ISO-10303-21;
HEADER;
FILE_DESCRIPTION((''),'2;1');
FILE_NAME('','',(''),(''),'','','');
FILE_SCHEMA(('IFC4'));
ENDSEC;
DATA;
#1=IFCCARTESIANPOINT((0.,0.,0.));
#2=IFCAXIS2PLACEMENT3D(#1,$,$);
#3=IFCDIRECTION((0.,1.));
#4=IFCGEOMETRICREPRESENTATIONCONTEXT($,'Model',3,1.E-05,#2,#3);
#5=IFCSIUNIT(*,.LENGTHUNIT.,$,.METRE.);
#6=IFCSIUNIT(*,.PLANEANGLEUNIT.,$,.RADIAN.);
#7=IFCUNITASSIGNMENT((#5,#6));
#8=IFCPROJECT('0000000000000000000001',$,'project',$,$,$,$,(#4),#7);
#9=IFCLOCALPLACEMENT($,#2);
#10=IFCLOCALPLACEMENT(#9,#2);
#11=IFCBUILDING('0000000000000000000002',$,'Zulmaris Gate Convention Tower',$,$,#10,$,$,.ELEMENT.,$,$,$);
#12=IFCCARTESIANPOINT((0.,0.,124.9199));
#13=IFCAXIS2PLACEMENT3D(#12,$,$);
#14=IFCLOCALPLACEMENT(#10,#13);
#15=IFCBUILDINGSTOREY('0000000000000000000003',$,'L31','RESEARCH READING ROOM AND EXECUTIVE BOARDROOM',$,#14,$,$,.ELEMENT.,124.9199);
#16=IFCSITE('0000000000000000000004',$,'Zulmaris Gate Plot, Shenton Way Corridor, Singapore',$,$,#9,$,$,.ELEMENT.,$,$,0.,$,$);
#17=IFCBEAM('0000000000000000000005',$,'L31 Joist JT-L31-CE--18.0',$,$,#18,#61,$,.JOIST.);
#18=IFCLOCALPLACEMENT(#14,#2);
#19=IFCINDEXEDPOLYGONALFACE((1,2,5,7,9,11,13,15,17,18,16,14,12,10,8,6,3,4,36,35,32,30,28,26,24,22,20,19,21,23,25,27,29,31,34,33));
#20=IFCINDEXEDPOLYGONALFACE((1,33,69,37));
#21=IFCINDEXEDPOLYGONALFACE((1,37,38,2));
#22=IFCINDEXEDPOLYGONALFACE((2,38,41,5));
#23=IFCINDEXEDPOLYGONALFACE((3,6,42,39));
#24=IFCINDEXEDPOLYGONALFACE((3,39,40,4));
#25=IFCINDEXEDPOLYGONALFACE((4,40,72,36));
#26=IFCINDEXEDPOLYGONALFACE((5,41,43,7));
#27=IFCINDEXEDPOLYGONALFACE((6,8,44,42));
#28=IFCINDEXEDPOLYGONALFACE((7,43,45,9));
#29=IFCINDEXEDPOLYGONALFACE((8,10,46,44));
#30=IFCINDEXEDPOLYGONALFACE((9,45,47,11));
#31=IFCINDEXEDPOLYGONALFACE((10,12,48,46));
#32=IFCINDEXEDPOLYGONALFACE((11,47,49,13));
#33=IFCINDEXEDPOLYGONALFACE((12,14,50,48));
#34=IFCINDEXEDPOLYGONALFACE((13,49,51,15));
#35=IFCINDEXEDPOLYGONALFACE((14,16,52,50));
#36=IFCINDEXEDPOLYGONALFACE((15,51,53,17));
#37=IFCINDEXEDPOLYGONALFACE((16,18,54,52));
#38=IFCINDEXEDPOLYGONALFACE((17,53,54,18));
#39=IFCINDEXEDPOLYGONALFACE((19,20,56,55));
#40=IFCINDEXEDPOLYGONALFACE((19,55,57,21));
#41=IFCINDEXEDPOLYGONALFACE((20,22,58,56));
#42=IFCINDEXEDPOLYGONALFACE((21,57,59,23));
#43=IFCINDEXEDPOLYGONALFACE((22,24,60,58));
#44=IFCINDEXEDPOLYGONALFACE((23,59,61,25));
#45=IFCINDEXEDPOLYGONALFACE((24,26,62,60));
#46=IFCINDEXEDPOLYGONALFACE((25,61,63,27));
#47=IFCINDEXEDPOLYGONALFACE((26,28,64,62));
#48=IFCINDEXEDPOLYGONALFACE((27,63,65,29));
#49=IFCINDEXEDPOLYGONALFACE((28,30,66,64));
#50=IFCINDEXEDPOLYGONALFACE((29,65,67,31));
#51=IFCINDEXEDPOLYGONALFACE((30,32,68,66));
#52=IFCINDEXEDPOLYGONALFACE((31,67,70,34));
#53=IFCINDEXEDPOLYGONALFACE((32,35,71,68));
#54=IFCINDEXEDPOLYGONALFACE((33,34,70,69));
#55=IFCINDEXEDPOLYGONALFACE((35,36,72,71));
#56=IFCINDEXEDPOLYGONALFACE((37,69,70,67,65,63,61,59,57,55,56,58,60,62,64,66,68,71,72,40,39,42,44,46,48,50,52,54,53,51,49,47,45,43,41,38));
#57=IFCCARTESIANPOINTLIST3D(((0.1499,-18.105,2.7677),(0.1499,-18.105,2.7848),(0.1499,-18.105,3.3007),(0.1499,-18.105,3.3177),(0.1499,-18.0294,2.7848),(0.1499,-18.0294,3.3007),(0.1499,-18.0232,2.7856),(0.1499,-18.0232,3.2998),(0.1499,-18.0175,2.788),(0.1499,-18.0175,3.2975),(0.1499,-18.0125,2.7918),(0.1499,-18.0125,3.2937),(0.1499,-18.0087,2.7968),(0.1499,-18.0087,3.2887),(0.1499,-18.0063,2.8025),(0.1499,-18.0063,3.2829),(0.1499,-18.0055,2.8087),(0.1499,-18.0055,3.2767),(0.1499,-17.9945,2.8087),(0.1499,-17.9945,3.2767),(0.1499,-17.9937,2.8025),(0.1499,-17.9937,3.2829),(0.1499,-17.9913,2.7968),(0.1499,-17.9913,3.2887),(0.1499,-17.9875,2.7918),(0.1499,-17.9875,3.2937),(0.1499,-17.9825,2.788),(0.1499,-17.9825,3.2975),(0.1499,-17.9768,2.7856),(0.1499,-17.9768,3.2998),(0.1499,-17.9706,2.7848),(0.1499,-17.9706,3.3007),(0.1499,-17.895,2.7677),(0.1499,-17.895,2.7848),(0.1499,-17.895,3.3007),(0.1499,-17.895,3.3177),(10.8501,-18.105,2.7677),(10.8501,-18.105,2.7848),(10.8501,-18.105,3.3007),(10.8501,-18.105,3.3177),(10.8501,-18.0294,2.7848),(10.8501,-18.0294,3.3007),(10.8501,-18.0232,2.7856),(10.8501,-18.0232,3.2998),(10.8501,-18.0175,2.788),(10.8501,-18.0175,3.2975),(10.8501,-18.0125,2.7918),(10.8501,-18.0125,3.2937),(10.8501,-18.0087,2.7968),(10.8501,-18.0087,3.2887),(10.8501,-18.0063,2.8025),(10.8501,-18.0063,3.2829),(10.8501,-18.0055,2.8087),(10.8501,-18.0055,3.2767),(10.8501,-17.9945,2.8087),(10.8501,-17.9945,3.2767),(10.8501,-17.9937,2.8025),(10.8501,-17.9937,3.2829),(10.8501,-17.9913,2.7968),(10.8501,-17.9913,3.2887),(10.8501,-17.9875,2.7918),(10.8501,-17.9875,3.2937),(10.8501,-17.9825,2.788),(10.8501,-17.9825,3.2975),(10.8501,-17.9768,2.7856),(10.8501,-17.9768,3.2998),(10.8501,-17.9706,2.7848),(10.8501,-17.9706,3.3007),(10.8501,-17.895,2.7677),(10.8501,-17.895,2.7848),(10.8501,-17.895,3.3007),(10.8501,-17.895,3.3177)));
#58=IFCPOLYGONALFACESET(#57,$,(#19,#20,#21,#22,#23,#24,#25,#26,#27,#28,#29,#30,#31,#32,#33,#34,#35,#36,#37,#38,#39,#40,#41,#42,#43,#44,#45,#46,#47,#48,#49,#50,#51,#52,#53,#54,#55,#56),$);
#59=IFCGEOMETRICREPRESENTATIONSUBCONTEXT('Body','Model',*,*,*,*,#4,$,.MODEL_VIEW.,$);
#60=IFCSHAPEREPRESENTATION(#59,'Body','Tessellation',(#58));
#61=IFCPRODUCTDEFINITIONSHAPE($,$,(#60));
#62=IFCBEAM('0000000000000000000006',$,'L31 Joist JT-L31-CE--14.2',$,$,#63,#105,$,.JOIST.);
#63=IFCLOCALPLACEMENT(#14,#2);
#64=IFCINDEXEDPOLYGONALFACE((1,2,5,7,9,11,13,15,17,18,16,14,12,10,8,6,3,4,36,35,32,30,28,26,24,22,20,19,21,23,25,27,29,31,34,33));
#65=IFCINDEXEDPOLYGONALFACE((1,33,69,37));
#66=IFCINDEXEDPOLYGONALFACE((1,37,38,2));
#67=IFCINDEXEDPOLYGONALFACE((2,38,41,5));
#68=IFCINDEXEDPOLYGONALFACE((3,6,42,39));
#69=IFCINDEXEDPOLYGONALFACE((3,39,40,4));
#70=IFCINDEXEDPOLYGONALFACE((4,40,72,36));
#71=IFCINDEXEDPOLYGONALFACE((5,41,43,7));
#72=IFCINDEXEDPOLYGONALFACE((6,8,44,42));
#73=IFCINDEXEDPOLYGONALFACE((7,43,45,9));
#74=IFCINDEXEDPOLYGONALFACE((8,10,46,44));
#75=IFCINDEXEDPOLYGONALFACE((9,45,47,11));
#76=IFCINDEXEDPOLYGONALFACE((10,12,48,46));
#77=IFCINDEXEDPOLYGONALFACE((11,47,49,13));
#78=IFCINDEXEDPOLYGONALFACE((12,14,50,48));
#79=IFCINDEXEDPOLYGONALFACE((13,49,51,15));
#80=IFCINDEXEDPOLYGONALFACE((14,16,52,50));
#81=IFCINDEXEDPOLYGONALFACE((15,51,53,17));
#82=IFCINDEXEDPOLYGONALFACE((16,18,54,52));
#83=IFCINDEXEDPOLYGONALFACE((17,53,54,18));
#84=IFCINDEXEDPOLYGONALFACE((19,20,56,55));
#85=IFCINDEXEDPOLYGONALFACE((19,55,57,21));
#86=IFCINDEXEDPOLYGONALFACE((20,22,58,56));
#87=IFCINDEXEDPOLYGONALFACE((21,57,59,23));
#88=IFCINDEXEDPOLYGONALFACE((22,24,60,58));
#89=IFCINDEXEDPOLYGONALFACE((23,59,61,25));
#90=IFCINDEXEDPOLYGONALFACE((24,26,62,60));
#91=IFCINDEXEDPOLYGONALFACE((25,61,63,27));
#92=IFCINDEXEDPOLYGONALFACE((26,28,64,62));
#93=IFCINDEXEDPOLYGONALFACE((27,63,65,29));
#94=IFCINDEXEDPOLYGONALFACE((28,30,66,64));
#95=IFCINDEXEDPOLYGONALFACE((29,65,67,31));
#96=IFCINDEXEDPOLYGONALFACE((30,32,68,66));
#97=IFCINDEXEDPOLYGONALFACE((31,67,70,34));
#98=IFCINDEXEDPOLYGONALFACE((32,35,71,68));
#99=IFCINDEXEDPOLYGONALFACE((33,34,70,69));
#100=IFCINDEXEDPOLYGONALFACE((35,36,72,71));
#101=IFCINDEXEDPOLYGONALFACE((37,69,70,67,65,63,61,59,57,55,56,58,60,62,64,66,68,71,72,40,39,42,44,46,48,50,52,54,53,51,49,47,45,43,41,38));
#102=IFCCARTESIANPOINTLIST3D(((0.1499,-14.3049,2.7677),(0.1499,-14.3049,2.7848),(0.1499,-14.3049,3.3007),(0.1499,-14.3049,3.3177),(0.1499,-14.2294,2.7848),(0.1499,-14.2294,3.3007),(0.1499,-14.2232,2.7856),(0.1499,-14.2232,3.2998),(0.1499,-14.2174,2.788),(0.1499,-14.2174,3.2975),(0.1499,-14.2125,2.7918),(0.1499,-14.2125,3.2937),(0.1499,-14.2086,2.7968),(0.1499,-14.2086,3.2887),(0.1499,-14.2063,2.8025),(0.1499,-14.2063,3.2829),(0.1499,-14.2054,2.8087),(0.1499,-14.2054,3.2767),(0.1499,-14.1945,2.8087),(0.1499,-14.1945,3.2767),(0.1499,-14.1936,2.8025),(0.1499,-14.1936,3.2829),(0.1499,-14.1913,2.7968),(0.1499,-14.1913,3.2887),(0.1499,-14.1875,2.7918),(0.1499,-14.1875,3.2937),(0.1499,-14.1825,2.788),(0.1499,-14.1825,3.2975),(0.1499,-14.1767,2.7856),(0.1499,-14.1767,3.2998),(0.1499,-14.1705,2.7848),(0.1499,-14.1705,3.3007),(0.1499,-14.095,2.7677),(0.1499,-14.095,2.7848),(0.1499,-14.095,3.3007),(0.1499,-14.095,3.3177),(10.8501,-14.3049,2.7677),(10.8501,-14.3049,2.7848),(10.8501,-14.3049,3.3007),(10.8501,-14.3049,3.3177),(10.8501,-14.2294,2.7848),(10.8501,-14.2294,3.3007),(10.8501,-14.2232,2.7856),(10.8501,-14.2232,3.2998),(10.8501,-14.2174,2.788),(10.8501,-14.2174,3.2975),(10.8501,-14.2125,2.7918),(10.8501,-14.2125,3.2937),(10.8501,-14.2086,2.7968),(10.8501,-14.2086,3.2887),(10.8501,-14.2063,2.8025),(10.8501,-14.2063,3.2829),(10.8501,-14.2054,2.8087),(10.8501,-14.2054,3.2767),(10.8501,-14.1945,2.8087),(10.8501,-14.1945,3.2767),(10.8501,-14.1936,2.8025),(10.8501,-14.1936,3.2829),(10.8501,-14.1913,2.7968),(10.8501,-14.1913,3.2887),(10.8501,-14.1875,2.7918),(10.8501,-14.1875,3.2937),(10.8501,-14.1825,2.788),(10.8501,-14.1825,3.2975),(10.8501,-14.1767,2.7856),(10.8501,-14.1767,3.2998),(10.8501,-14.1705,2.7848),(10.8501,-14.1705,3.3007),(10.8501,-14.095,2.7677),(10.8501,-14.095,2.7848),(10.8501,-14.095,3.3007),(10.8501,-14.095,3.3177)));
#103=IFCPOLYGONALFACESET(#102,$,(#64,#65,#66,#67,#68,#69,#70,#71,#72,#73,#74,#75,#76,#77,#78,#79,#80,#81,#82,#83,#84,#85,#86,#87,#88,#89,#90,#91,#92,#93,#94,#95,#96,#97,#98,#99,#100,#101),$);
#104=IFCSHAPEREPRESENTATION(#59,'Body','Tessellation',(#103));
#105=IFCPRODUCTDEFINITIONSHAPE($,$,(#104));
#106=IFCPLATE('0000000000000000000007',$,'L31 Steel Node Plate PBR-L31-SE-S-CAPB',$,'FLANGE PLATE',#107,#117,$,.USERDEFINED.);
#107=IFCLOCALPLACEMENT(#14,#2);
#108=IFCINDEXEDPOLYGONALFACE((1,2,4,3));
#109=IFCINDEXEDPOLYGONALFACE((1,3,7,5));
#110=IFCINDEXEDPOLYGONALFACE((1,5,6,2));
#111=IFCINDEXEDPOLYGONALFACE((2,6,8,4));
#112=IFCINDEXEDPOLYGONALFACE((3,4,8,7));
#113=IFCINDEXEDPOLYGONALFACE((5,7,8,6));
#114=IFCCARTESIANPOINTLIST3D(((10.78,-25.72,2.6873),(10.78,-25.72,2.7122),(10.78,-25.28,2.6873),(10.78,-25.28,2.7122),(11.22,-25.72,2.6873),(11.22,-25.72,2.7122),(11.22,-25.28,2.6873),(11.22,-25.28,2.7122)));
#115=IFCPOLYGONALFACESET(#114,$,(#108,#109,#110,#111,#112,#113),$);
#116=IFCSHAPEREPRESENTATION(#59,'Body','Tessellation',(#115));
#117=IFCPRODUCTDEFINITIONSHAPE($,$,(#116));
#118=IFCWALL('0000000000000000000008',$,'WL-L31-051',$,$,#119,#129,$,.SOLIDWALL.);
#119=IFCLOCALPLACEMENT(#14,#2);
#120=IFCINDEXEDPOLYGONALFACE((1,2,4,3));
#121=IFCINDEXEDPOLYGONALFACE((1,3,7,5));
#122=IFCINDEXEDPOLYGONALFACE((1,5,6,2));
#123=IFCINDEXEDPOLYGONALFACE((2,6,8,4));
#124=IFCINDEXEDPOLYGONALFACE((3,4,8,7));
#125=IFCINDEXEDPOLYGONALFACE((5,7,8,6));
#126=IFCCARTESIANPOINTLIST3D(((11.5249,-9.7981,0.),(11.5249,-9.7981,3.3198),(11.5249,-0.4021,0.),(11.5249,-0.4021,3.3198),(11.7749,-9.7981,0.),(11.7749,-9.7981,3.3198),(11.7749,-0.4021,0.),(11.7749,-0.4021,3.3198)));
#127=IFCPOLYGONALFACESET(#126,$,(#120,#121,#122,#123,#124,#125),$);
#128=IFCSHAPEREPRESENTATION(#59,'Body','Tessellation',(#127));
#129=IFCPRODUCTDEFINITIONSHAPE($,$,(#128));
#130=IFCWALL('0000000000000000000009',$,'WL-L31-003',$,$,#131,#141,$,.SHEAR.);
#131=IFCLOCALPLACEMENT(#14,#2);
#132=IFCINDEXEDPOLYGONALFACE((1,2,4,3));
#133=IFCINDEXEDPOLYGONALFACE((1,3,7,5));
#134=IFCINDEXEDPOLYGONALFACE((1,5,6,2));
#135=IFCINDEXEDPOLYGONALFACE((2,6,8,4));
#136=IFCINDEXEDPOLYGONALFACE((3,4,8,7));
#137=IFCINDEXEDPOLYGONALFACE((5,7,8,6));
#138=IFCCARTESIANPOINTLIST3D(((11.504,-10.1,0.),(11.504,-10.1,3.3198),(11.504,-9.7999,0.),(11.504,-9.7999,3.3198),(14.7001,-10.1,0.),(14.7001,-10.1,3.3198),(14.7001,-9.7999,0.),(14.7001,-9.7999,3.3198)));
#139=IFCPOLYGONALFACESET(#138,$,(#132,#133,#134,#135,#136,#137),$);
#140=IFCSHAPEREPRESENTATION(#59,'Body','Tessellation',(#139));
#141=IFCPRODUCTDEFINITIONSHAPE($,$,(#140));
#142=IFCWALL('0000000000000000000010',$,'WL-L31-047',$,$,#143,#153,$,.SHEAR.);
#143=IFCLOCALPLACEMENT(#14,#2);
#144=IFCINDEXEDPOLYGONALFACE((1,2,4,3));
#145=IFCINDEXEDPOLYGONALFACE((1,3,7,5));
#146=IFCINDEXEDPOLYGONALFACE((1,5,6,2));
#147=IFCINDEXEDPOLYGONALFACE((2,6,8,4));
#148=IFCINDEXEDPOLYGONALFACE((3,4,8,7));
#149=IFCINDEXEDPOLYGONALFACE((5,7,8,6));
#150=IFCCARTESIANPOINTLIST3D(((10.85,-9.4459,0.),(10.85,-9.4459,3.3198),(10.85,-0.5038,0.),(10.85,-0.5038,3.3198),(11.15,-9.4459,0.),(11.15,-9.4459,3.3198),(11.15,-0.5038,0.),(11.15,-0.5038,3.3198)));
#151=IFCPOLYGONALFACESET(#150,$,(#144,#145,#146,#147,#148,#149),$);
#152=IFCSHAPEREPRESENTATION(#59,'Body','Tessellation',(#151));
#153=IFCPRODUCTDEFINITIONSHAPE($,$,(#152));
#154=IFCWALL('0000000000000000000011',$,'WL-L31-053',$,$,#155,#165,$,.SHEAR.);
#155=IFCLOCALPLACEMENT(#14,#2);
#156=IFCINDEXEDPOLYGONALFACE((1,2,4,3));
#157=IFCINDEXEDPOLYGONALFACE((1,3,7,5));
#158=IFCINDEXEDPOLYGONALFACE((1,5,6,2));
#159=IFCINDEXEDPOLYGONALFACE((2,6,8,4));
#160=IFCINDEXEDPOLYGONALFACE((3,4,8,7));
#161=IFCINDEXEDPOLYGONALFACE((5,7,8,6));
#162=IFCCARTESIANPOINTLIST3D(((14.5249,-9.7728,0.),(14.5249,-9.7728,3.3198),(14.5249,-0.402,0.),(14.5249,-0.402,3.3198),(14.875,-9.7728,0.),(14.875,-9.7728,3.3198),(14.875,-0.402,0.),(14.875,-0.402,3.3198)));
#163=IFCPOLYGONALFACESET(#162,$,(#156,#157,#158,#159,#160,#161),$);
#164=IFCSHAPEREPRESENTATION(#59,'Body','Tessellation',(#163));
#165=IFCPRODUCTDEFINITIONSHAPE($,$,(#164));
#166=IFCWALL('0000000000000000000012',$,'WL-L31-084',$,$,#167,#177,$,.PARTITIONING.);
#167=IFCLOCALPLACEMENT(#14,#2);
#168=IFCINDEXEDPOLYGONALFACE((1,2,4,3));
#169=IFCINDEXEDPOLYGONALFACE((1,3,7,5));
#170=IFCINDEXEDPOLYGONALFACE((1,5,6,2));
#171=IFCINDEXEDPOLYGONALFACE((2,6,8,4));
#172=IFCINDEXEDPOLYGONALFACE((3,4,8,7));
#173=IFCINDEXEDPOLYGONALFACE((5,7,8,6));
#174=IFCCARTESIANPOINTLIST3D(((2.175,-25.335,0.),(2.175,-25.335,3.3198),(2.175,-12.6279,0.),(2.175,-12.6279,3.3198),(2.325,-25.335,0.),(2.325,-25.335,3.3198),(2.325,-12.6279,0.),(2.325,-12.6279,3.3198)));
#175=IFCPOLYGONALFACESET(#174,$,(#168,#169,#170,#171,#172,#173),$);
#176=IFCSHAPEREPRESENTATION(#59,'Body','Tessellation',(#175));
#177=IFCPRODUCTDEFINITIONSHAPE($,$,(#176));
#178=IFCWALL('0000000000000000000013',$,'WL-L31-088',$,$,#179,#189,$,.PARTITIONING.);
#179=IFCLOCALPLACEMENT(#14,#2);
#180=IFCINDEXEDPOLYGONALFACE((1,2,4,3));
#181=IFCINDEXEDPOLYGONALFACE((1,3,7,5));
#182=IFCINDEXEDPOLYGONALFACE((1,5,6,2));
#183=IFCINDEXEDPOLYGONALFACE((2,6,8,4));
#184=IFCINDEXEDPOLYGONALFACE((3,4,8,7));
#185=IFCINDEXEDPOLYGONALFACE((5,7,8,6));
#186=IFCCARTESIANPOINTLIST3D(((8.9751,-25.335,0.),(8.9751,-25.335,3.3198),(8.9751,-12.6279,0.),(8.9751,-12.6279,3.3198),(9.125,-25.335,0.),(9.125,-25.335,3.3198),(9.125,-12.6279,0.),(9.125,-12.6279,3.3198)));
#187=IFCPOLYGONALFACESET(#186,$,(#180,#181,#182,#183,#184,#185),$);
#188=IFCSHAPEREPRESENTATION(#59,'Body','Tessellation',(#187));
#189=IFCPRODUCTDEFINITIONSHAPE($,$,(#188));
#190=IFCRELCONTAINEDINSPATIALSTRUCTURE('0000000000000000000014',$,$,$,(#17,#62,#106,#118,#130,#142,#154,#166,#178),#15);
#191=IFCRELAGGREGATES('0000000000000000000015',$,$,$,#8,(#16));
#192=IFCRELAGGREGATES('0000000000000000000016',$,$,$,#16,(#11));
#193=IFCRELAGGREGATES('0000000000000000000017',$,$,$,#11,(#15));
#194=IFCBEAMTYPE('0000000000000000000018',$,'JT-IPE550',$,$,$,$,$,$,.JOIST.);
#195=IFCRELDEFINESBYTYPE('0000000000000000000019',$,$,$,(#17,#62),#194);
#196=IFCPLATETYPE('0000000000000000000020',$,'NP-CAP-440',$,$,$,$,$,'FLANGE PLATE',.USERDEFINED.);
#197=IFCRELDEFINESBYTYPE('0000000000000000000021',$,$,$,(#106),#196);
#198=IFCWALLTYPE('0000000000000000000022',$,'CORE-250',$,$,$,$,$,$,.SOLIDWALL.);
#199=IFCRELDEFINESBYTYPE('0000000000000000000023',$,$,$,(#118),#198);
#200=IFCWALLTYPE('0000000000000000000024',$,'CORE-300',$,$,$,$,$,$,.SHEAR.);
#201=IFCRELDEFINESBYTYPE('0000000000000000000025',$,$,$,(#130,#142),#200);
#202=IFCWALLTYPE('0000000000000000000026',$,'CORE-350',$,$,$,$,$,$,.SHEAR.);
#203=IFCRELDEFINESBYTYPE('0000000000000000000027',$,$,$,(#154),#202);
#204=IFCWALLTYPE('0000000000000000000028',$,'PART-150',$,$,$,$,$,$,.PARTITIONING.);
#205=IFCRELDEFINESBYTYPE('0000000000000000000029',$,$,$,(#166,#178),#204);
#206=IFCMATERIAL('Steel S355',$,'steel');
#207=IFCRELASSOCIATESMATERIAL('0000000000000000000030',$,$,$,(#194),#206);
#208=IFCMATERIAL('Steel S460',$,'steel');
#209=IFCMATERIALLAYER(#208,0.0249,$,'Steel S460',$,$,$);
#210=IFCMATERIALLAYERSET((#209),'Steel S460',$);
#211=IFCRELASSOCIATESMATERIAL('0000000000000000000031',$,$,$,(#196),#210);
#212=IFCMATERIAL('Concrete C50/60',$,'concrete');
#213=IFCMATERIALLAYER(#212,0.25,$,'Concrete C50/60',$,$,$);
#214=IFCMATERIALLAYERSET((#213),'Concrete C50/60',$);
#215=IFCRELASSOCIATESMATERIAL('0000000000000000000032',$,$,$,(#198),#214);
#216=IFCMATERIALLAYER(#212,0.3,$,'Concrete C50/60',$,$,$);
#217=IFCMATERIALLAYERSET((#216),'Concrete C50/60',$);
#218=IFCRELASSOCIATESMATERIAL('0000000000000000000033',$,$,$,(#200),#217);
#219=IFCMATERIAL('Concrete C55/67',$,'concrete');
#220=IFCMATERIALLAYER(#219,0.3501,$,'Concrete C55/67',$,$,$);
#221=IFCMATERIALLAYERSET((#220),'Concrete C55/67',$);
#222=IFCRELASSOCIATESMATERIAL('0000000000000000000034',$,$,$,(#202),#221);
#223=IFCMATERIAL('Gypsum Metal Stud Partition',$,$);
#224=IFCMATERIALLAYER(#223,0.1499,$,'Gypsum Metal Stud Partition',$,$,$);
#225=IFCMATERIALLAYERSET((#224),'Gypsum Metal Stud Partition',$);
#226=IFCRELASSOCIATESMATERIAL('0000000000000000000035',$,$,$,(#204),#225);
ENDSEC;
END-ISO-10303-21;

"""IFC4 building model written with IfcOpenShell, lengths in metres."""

from ifc_helpers import new_model, si_unit, direction, frame, frame_2d, origin, origin_2d, place, context, subcontext, project, spatial, rectangle, i_section, extrude, material, layer, layer_set, material_profile, profile_set, type_object, element, save


model = new_model("IFC4")

# Units and contexts
model_context = context("Model", 3, precision=1e-05, world=origin(), true_north=direction((0.0, 1.0)))
body_context = subcontext(model_context, "Body", "Model", "MODEL_VIEW")
ifc_project = project(units=[si_unit("LENGTHUNIT", "METRE"), si_unit("PLANEANGLEUNIT", "RADIAN")], contexts=[model_context])

# Site, building, storey
site_placement = place(None, origin())
site = spatial("IfcSite", under=ifc_project, at=site_placement, Name="Zulmaris Gate Plot, Shenton Way Corridor, Singapore", CompositionType="ELEMENT", RefElevation=0.0)
building_placement = place(site_placement, origin())
building = spatial("IfcBuilding", under=site, at=building_placement, Name="Zulmaris Gate Convention Tower", CompositionType="ELEMENT")
storey_placement = place(building_placement, frame((0.0, 0.0, 124.9199)))
storey = spatial("IfcBuildingStorey", under=building, at=storey_placement, Name="L31", Description="RESEARCH READING ROOM AND EXECUTIVE BOARDROOM", CompositionType="ELEMENT", Elevation=124.9199)

# Beams
ifc_material_1 = material(Name="Steel S355", Category="steel")
ifc_material_profile_1 = material_profile(ifc_material_1, i_section(OverallWidth=0.21, OverallDepth=0.55, WebThickness=0.011, FlangeThickness=0.0171, FilletRadius=0.0239, at=origin_2d()), Name="IPE 550")
ifc_profile_set_1 = profile_set([ifc_material_profile_1], Name="Steel S355")
beam_type_1 = type_object("IfcBeamType", Name="JT-IPE550", PredefinedType="JOIST", material=ifc_profile_set_1)
for number, where, z_axis, x_axis, name in (
    (1, (0.1499, -18.0, 3.0427), (1.0, 0.0, 0.0), (0.0, 1.0, 0.0), "L31 Joist JT-L31-CE--18.0"),
    (2, (0.1499, -14.2, 3.0427), (1.0, 0.0, 0.0), (0.0, 1.0, 0.0), "L31 Joist JT-L31-CE--14.2"),
):
    element("IfcBeam", number, at=place(storey_placement, frame(where, z_axis=z_axis, x_axis=x_axis)), inside=storey, type_object=beam_type_1, Name=name, PredefinedType="JOIST", context=body_context, shape_type="SweptSolid", body=[
        extrude(i_section(OverallWidth=0.21, OverallDepth=0.55, WebThickness=0.011, FlangeThickness=0.0171, FilletRadius=0.0239, at=origin_2d()), origin(), (0.0, 0.0, 1.0), 10.7002),
    ])

# Plate
ifc_material_2 = material(Name="Steel S460", Category="steel")
ifc_layer_1 = layer(ifc_material_2, 0.0249, Name="Steel S460")
ifc_layer_set_1 = layer_set([ifc_layer_1], Name="Steel S460")
plate_type = type_object("IfcPlateType", Name="NP-CAP-440", ElementType="FLANGE PLATE", PredefinedType="USERDEFINED", material=ifc_layer_set_1)
plate_placement = place(storey_placement, frame((11.0, -25.5, 2.6873), z_axis=(0.0, 0.0, 1.0), x_axis=(1.0, 0.0, 0.0)))
element("IfcPlate", 3, at=plate_placement, inside=storey, type_object=plate_type, Name="L31 Steel Node Plate PBR-L31-SE-S-CAPB", ObjectType="FLANGE PLATE", PredefinedType="USERDEFINED", context=body_context, shape_type="SweptSolid", body=[
    extrude(rectangle(XDim=0.4399, YDim=0.4399, at=origin_2d()), origin(), (0.0, 0.0, 1.0), 0.0249),
])

# Walls
ifc_material_3 = material(Name="Concrete C50/60", Category="concrete")
ifc_layer_2 = layer(ifc_material_3, 0.25, Name="Concrete C50/60")
ifc_layer_set_2 = layer_set([ifc_layer_2], Name="Concrete C50/60")
wall_type_1 = type_object("IfcWallType", Name="CORE-250", PredefinedType="SOLIDWALL", material=ifc_layer_set_2)
wall_1_placement = place(storey_placement, frame((11.6499, -9.7981, 0.0), z_axis=(0.0, 0.0, 1.0), x_axis=(0.0, 1.0, 0.0)))
element("IfcWall", 4, at=wall_1_placement, inside=storey, type_object=wall_type_1, Name="WL-L31-051", PredefinedType="SOLIDWALL", context=body_context, shape_type="SweptSolid", body=[
    extrude(rectangle(XDim=9.396, YDim=0.25, at=frame_2d((4.698, 0.0))), origin(), (0.0, 0.0, 1.0), 3.3198),
])
ifc_layer_3 = layer(ifc_material_3, 0.3, Name="Concrete C50/60")
ifc_layer_set_3 = layer_set([ifc_layer_3], Name="Concrete C50/60")
wall_type_2 = type_object("IfcWallType", Name="CORE-300", PredefinedType="SHEAR", material=ifc_layer_set_3)
wall_2_placement = place(storey_placement, frame((11.5039, -9.95, 0.0), z_axis=(0.0, 0.0, 1.0), x_axis=(1.0, 0.0, 0.0)))
element("IfcWall", 5, at=wall_2_placement, inside=storey, type_object=wall_type_2, Name="WL-L31-003", PredefinedType="SHEAR", context=body_context, shape_type="SweptSolid", body=[
    extrude(rectangle(XDim=3.196, YDim=0.3, at=frame_2d((1.5981, 0.0))), origin(), (0.0, 0.0, 1.0), 3.3198),
])
wall_3_placement = place(storey_placement, frame((11.0, -9.446, 0.0), z_axis=(0.0, 0.0, 1.0), x_axis=(0.0, 1.0, 0.0)))
element("IfcWall", 6, at=wall_3_placement, inside=storey, type_object=wall_type_2, Name="WL-L31-047", PredefinedType="SHEAR", context=body_context, shape_type="SweptSolid", body=[
    extrude(rectangle(XDim=8.9421, YDim=0.3, at=frame_2d((4.4712, 0.0))), origin(), (0.0, 0.0, 1.0), 3.3198),
])

# Shared definitions
ifc_material_4 = material(Name="Concrete C55/67", Category="concrete")
ifc_layer_4 = layer(ifc_material_4, 0.3501, Name="Concrete C55/67")
ifc_layer_set_4 = layer_set([ifc_layer_4], Name="Concrete C55/67")
wall_type_3 = type_object("IfcWallType", Name="CORE-350", PredefinedType="SHEAR", material=ifc_layer_set_4)

# Walls
wall_4_placement = place(storey_placement, frame((14.7, -9.7729, 0.0), z_axis=(0.0, 0.0, 1.0), x_axis=(0.0, 1.0, 0.0)))
element("IfcWall", 7, at=wall_4_placement, inside=storey, type_object=wall_type_3, Name="WL-L31-053", PredefinedType="SHEAR", context=body_context, shape_type="SweptSolid", body=[
    extrude(rectangle(XDim=9.3708, YDim=0.3501, at=frame_2d((4.6855, 0.0))), origin(), (0.0, 0.0, 1.0), 3.3198),
])
ifc_material_5 = material(Name="Gypsum Metal Stud Partition")
ifc_layer_5 = layer(ifc_material_5, 0.1499, Name="Gypsum Metal Stud Partition")
ifc_layer_set_5 = layer_set([ifc_layer_5], Name="Gypsum Metal Stud Partition")
wall_type_4 = type_object("IfcWallType", Name="PART-150", PredefinedType="PARTITIONING", material=ifc_layer_set_5)
for number, where, z_axis, x_axis, name in (
    (8, (2.25, -25.335, 0.0), (0.0, 0.0, 1.0), (0.0, 1.0, 0.0), "WL-L31-084"),
    (9, (9.05, -25.335, 0.0), (0.0, 0.0, 1.0), (0.0, 1.0, 0.0), "WL-L31-088"),
):
    element("IfcWall", number, at=place(storey_placement, frame(where, z_axis=z_axis, x_axis=x_axis)), inside=storey, type_object=wall_type_4, Name=name, PredefinedType="PARTITIONING", context=body_context, shape_type="SweptSolid", body=[
        extrude(rectangle(XDim=12.707, YDim=0.1499, at=frame_2d((6.3535, 0.0))), origin(), (0.0, 0.0, 1.0), 3.3198),
    ])

save(model, "model.ifc")
